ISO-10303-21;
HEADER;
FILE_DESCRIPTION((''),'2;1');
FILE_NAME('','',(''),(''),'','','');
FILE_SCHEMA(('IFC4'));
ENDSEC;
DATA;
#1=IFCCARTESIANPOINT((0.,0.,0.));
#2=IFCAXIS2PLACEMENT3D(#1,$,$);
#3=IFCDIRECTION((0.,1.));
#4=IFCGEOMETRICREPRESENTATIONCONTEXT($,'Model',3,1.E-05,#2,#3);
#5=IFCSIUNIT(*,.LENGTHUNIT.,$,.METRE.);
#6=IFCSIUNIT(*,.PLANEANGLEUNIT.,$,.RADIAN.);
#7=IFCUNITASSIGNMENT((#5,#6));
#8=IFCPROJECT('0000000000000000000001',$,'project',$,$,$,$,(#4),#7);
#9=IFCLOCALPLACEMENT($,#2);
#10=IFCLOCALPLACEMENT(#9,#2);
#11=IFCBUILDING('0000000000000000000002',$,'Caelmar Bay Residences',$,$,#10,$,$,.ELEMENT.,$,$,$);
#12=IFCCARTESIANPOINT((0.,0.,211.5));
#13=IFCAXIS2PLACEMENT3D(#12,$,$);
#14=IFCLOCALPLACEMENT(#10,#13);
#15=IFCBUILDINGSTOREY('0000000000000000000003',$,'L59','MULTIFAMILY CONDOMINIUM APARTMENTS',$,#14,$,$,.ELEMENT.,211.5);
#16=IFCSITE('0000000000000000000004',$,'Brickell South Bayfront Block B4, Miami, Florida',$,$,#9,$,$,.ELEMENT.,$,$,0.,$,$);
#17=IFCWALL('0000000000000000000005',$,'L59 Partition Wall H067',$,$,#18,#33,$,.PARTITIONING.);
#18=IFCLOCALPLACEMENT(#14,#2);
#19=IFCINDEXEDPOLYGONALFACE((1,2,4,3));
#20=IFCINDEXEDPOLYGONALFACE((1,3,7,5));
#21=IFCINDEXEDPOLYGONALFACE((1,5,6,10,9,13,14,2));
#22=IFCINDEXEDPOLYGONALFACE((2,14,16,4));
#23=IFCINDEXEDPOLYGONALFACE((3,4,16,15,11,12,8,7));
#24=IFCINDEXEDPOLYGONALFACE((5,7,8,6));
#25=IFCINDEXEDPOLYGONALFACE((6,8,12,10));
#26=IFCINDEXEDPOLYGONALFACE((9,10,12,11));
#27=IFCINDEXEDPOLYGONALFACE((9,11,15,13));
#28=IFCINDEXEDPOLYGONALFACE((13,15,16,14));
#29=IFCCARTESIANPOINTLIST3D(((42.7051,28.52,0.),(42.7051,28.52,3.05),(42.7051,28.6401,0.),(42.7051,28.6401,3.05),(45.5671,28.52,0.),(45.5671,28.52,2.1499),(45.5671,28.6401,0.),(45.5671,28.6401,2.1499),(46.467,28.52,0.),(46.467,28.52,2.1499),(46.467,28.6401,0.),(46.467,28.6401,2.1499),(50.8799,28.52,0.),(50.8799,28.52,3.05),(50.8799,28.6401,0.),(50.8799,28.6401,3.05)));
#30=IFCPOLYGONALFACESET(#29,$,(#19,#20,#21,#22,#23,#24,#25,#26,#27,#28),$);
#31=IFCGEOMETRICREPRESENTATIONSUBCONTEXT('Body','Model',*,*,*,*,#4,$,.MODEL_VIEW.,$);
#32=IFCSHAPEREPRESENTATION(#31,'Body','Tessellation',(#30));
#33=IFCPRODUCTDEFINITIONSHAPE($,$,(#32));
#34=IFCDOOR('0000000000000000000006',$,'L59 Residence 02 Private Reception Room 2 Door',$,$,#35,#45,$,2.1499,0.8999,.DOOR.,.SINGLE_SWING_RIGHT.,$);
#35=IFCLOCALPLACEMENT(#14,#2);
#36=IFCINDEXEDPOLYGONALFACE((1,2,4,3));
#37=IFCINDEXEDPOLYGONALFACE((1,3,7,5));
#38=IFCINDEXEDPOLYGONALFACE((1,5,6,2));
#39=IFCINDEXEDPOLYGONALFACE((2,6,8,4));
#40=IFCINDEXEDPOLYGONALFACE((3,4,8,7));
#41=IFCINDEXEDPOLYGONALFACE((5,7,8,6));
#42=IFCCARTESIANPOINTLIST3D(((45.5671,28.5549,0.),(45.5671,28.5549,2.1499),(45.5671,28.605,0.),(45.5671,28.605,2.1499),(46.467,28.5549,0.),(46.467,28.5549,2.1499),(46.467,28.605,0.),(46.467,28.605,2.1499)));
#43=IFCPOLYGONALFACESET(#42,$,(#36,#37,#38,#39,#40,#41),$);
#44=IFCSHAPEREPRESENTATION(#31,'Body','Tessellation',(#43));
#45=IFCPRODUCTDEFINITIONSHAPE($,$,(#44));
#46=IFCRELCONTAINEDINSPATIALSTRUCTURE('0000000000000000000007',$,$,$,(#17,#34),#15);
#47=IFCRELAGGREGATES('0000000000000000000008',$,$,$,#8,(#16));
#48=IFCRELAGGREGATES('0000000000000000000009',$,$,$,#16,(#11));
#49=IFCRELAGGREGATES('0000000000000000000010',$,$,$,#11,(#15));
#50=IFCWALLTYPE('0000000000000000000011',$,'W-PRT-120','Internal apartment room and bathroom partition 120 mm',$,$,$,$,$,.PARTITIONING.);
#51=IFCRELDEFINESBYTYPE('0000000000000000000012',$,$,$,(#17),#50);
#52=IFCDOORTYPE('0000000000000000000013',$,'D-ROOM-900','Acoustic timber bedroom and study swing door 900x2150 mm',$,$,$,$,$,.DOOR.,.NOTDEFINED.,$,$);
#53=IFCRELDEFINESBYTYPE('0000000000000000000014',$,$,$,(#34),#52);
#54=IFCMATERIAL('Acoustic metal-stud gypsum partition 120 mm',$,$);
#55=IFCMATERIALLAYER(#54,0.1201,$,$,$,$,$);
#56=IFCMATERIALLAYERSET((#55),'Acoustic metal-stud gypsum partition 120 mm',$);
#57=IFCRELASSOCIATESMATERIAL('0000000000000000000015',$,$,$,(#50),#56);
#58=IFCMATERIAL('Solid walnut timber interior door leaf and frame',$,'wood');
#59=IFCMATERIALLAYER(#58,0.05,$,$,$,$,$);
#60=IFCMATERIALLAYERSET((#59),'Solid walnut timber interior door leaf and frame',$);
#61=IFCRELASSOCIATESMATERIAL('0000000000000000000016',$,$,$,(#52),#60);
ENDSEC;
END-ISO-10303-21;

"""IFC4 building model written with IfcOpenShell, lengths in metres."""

from ifc_helpers import new_model, si_unit, direction, frame, frame_2d, origin, place, context, subcontext, project, spatial, rectangle, extrude, material, layer, layer_set, type_object, element, fill, save


model = new_model("IFC4")

# Units and contexts
model_context = context("Model", 3, precision=1e-05, world=origin(), true_north=direction((0.0, 1.0)))
body_context = subcontext(model_context, "Body", "Model", "MODEL_VIEW")
ifc_project = project(units=[si_unit("LENGTHUNIT", "METRE"), si_unit("PLANEANGLEUNIT", "RADIAN")], contexts=[model_context])

# Site, building, storey
site_placement = place(None, origin())
site = spatial("IfcSite", under=ifc_project, at=site_placement, Name="Brickell South Bayfront Block B4, Miami, Florida", CompositionType="ELEMENT", RefElevation=0.0)
building_placement = place(site_placement, origin())
building = spatial("IfcBuilding", under=site, at=building_placement, Name="Caelmar Bay Residences", CompositionType="ELEMENT")
storey_placement = place(building_placement, frame((0.0, 0.0, 211.5)))
storey = spatial("IfcBuildingStorey", under=building, at=storey_placement, Name="L59", Description="MULTIFAMILY CONDOMINIUM APARTMENTS", CompositionType="ELEMENT", Elevation=211.5)

# Wall, opening, door
ifc_material_1 = material(Name="Acoustic metal-stud gypsum partition 120 mm")
ifc_layer_1 = layer(ifc_material_1, 0.1201)
ifc_layer_set_1 = layer_set([ifc_layer_1], Name="Acoustic metal-stud gypsum partition 120 mm")
wall_type = type_object("IfcWallType", Name="W-PRT-120", Description="Internal apartment room and bathroom partition 120 mm", PredefinedType="PARTITIONING", material=ifc_layer_set_1)
ifc_material_2 = material(Name="Solid walnut timber interior door leaf and frame", Category="wood")
ifc_layer_2 = layer(ifc_material_2, 0.05)
ifc_layer_set_2 = layer_set([ifc_layer_2], Name="Solid walnut timber interior door leaf and frame")
door_type_1 = type_object("IfcDoorType", Name="D-ROOM-900", Description="Acoustic timber bedroom and study swing door 900x2150 mm", OperationType="NOTDEFINED", PredefinedType="DOOR", material=ifc_layer_set_2)
wall_1_placement = place(storey_placement, frame((42.7051, 28.5801, 0.0), z_axis=(0.0, 0.0, 1.0), x_axis=(1.0, 0.0, 0.0)))
wall_1 = element("IfcWall", 1, at=wall_1_placement, inside=storey, type_object=wall_type, Name="L59 Partition Wall H067", PredefinedType="PARTITIONING", context=body_context, shape_type="SweptSolid", body=[
    extrude(rectangle(XDim=8.1748, YDim=0.1201, at=frame_2d((4.0874, 0.0))), origin(), (0.0, 0.0, 1.0), 3.05),
])
opening_1_placement = place(wall_1_placement, frame((2.8621, 0.0, 0.0)))
opening_1 = element("IfcOpeningElement", 2, at=opening_1_placement, cuts=wall_1, PredefinedType="OPENING", context=body_context, shape_type="SweptSolid", body=[
    extrude(rectangle(XDim=0.8999, YDim=2.1499, at=frame_2d((0.45, 1.075))), frame((0.0, 0.0701, 0.0), z_axis=(0.0, -1.0, 0.0), x_axis=(1.0, 0.0, 0.0)), (0.0, 0.0, 1.0), 0.1401),
])
door_1_placement = place(opening_1_placement, origin())
door_1 = element("IfcDoor", 3, at=door_1_placement, inside=storey, type_object=door_type_1, Name="L59 Residence 02 Private Reception Room 2 Door", OperationType="SINGLE_SWING_RIGHT", OverallHeight=2.1499, OverallWidth=0.8999, PredefinedType="DOOR", context=body_context, shape_type="SweptSolid", body=[
    extrude(rectangle(XDim=0.8999, YDim=2.1499, at=frame_2d((0.45, 1.075))), frame((0.0, 0.0249, 0.0), z_axis=(0.0, -1.0, 0.0), x_axis=(1.0, 0.0, 0.0)), (0.0, 0.0, 1.0), 0.05),
])
fill(opening_1, door_1)

save(model, "model.ifc")
